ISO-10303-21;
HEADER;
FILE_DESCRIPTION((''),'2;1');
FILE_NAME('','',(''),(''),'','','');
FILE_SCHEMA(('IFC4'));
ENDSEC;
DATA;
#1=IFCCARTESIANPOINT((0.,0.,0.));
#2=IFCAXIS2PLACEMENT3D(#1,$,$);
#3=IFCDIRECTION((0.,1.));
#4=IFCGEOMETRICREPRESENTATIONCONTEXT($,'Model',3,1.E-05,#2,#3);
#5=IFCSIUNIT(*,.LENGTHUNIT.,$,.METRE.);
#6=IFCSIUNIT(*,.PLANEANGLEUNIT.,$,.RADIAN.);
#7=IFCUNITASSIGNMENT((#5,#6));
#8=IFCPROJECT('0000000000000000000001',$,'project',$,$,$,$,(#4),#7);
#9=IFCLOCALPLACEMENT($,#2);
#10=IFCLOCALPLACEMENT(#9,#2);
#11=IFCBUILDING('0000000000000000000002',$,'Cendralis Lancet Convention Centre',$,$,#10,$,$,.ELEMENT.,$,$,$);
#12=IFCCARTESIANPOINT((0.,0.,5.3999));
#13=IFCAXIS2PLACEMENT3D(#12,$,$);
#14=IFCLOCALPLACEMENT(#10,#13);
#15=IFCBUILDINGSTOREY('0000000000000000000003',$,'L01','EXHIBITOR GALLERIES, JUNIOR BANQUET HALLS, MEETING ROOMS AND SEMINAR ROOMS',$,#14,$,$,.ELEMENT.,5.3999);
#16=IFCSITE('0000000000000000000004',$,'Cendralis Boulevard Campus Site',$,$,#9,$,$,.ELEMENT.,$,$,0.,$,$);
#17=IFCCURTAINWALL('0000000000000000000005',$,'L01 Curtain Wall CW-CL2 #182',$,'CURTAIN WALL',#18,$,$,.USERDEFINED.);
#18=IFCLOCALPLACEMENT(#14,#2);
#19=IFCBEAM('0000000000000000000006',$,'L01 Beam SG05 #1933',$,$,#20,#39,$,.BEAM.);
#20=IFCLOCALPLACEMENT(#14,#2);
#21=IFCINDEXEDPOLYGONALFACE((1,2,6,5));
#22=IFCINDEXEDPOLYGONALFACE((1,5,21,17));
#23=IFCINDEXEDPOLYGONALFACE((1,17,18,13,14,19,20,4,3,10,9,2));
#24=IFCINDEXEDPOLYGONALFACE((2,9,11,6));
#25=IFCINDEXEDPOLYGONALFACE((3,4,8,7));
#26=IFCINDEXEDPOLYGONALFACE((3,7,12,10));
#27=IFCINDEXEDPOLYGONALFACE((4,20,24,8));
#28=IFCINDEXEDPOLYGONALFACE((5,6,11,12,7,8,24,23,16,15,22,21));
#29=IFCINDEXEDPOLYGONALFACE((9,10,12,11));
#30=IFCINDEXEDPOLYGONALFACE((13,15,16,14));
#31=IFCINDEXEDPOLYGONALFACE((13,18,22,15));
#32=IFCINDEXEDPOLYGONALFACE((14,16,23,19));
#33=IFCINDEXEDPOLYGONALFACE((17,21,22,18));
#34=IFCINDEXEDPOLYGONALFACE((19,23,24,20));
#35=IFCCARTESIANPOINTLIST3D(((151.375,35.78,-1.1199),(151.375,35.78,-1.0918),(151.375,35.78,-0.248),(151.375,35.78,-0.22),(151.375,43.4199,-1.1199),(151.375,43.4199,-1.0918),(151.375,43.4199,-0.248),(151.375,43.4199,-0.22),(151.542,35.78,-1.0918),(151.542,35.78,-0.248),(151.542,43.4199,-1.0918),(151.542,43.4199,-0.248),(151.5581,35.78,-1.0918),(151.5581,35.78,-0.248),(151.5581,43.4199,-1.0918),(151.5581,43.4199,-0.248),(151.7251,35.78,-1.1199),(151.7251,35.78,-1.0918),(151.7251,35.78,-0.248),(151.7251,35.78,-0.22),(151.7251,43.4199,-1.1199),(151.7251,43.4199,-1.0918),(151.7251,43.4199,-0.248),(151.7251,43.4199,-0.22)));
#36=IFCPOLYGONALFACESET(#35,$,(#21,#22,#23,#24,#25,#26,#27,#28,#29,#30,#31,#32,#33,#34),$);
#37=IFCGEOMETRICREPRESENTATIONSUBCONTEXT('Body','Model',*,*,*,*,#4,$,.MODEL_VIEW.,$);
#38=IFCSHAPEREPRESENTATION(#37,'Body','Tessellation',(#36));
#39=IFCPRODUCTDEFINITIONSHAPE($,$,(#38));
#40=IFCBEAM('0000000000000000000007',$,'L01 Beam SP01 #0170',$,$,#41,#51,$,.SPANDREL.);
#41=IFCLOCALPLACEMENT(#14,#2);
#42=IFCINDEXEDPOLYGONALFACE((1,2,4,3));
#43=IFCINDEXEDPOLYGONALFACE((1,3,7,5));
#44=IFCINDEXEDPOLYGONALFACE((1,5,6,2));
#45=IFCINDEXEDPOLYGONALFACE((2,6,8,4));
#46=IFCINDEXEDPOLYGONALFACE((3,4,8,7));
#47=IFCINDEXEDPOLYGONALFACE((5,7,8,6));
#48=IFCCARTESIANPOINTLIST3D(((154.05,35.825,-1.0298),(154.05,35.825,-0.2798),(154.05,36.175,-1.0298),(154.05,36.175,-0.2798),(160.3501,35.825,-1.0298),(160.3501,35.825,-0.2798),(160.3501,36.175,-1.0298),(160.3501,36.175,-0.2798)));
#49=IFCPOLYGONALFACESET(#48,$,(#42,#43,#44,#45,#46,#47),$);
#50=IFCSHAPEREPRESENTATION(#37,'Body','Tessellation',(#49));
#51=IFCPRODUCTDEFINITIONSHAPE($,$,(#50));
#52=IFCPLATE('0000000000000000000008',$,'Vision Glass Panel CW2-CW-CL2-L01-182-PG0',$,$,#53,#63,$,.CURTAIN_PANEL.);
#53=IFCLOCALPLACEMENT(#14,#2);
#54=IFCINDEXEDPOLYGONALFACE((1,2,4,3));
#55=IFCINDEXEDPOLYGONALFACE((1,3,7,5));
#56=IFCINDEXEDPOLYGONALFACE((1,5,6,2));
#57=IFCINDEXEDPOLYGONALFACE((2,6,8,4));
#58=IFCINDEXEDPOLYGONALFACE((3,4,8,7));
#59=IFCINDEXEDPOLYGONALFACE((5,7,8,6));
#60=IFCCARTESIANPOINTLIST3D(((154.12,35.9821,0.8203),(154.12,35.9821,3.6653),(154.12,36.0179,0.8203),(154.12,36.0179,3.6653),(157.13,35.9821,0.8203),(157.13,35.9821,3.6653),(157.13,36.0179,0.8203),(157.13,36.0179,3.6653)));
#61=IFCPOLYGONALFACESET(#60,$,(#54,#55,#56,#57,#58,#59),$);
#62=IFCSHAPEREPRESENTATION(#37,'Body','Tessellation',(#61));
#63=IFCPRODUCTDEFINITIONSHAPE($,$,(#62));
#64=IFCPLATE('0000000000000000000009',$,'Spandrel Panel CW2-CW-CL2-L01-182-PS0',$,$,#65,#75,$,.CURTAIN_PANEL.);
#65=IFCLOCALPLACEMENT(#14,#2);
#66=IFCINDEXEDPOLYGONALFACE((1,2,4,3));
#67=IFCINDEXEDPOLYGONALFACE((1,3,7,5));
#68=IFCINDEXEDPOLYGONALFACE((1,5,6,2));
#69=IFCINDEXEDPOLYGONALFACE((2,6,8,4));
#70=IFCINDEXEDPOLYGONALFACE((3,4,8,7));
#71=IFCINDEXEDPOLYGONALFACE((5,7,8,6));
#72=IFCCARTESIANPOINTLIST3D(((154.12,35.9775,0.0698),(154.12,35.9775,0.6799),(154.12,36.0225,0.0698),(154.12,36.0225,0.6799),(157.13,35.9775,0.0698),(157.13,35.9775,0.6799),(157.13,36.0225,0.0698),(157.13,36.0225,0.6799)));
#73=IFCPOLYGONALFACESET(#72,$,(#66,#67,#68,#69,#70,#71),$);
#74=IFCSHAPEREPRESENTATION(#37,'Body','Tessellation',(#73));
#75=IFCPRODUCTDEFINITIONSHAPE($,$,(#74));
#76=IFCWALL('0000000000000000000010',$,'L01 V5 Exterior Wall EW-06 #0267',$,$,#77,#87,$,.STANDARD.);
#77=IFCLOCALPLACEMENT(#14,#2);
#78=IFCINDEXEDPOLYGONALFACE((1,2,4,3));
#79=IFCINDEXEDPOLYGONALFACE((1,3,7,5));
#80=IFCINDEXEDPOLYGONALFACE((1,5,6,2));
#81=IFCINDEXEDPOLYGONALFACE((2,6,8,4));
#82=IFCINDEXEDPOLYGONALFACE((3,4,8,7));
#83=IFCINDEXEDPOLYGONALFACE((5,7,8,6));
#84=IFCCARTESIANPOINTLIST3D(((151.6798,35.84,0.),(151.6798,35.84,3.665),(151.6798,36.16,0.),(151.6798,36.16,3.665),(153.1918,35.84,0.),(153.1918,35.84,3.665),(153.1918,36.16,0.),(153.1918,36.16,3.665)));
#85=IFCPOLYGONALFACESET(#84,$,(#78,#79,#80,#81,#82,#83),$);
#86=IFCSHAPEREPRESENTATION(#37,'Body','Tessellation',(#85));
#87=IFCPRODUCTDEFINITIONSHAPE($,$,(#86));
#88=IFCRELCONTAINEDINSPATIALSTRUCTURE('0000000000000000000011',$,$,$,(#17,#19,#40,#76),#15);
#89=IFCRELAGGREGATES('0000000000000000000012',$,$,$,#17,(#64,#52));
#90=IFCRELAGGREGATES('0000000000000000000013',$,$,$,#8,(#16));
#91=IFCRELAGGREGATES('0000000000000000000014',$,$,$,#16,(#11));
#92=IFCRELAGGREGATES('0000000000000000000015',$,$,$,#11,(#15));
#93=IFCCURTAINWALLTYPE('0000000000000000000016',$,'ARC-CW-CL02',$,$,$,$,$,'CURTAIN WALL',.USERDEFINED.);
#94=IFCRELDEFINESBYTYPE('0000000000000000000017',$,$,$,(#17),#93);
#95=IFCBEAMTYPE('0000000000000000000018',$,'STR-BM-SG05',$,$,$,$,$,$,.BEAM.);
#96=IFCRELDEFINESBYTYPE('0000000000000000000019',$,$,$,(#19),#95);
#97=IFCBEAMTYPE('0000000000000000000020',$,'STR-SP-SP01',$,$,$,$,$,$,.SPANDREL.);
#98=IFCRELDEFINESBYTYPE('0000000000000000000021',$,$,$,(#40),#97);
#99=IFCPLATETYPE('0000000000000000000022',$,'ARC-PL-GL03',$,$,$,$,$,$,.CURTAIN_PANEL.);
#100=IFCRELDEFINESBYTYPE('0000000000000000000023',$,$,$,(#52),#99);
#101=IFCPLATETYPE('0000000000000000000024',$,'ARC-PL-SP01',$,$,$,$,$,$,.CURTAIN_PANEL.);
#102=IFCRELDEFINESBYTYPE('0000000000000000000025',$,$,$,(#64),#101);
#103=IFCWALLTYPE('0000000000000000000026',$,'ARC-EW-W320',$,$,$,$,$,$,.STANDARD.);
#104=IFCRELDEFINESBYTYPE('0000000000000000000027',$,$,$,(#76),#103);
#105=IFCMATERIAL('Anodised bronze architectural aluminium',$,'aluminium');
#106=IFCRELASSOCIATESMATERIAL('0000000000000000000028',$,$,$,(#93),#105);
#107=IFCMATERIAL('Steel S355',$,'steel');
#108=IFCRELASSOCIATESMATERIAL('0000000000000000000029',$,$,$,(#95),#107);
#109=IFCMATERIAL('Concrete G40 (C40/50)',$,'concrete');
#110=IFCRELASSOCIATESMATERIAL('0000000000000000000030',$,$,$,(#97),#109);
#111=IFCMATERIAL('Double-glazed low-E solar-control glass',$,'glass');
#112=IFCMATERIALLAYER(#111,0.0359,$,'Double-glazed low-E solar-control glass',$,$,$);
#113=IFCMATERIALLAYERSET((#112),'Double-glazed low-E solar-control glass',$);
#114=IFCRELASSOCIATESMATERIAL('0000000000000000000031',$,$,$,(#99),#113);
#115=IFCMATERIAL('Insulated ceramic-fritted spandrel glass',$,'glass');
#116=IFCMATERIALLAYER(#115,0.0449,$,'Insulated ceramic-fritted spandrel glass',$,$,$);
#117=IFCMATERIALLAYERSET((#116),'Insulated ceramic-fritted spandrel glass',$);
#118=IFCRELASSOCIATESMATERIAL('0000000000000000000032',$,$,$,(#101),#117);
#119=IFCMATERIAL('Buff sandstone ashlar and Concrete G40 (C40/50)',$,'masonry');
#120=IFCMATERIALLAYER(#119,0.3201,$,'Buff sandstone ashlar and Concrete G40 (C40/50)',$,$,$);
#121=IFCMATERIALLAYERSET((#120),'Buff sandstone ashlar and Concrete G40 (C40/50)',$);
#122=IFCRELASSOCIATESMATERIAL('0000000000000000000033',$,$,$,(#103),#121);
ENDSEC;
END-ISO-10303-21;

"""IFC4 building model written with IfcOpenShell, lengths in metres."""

from ifc_helpers import new_model, si_unit, direction, frame, frame_2d, origin, origin_2d, place, context, subcontext, project, spatial, rectangle, i_section, extrude, material, layer, layer_set, material_profile, profile_set, type_object, element, aggregate, save


model = new_model("IFC4")

# Units and contexts
model_context = context("Model", 3, precision=1e-05, world=origin(), true_north=direction((0.0, 1.0)))
body_context = subcontext(model_context, "Body", "Model", "MODEL_VIEW")
ifc_project = project(units=[si_unit("LENGTHUNIT", "METRE"), si_unit("PLANEANGLEUNIT", "RADIAN")], contexts=[model_context])

# Site, building, storey
site_placement = place(None, origin())
site = spatial("IfcSite", under=ifc_project, at=site_placement, Name="Cendralis Boulevard Campus Site", CompositionType="ELEMENT", RefElevation=0.0)
building_placement = place(site_placement, origin())
building = spatial("IfcBuilding", under=site, at=building_placement, Name="Cendralis Lancet Convention Centre", CompositionType="ELEMENT")
storey_placement = place(building_placement, frame((0.0, 0.0, 5.3999)))
storey = spatial("IfcBuildingStorey", under=building, at=storey_placement, Name="L01", Description="EXHIBITOR GALLERIES, JUNIOR BANQUET HALLS, MEETING ROOMS AND SEMINAR ROOMS", CompositionType="ELEMENT", Elevation=5.3999)

# Shared definitions
ifc_material_1 = material(Name="Concrete G40 (C40/50)", Category="concrete")

# Curtain wall
ifc_material_2 = material(Name="Anodised bronze architectural aluminium", Category="aluminium")
curtain_wall_type = type_object("IfcCurtainWallType", Name="ARC-CW-CL02", ElementType="CURTAIN WALL", PredefinedType="USERDEFINED", material=ifc_material_2)
curtain_wall_placement = place(storey_placement, origin())
curtain_wall = element("IfcCurtainWall", 1, at=curtain_wall_placement, inside=storey, type_object=curtain_wall_type, Name="L01 Curtain Wall CW-CL2 #182", ObjectType="CURTAIN WALL", PredefinedType="USERDEFINED")

# Beams
ifc_material_3 = material(Name="Steel S355", Category="steel")
ifc_material_profile_1 = material_profile(ifc_material_3, i_section(OverallWidth=0.3501, OverallDepth=0.8999, WebThickness=0.0161, FlangeThickness=0.0281, at=origin_2d()), Name="PG 900x350")
ifc_profile_set_1 = profile_set([ifc_material_profile_1], Name="Steel S355")
beam_type_1 = type_object("IfcBeamType", Name="STR-BM-SG05", PredefinedType="BEAM", material=ifc_profile_set_1)
for number, where, z_axis, x_axis, name in (
    (2, (151.55, 35.78, -0.6699), (0.0, 1.0, 0.0), (-1.0, 0.0, 0.0), "L01 Beam SG05 #1933"),
):
    element("IfcBeam", number, at=place(storey_placement, frame(where, z_axis=z_axis, x_axis=x_axis)), inside=storey, type_object=beam_type_1, Name=name, PredefinedType="BEAM", context=body_context, shape_type="SweptSolid", body=[
        extrude(i_section(OverallWidth=0.3501, OverallDepth=0.8999, WebThickness=0.0161, FlangeThickness=0.0281, at=origin_2d()), origin(), (0.0, 0.0, 1.0), 7.6399),
    ])
ifc_material_profile_2 = material_profile(ifc_material_1, rectangle(XDim=0.3501, YDim=0.75, at=origin_2d()), Name="RCB 350x750")
ifc_profile_set_2 = profile_set([ifc_material_profile_2], Name="Concrete G40 (C40/50)")
beam_type_2 = type_object("IfcBeamType", Name="STR-SP-SP01", PredefinedType="SPANDREL", material=ifc_profile_set_2)
beam_placement = place(storey_placement, frame((154.05, 36.0, -0.6548), z_axis=(1.0, 0.0, 0.0), x_axis=(0.0, 1.0, 0.0)))
element("IfcBeam", 3, at=beam_placement, inside=storey, type_object=beam_type_2, Name="L01 Beam SP01 #0170", PredefinedType="SPANDREL", context=body_context, shape_type="SweptSolid", body=[
    extrude(rectangle(XDim=0.3501, YDim=0.75, at=origin_2d()), origin(), (0.0, 0.0, 1.0), 6.3),
])

# Plates
ifc_material_4 = material(Name="Double-glazed low-E solar-control glass", Category="glass")
ifc_layer_1 = layer(ifc_material_4, 0.0359, Name="Double-glazed low-E solar-control glass")
ifc_layer_set_1 = layer_set([ifc_layer_1], Name="Double-glazed low-E solar-control glass")
plate_type_1 = type_object("IfcPlateType", Name="ARC-PL-GL03", PredefinedType="CURTAIN_PANEL", material=ifc_layer_set_1)
plate_1_placement = place(storey_placement, frame((155.625, 36.0, 0.8203), z_axis=(0.0, 0.0, 1.0), x_axis=(1.0, 0.0, 0.0)))
plate_1 = element("IfcPlate", 4, at=plate_1_placement, type_object=plate_type_1, Name="Vision Glass Panel CW2-CW-CL2-L01-182-PG0", PredefinedType="CURTAIN_PANEL", context=body_context, shape_type="SweptSolid", body=[
    extrude(rectangle(XDim=3.01, YDim=0.0359, at=origin_2d()), origin(), (0.0, 0.0, 1.0), 2.845),
])
ifc_material_5 = material(Name="Insulated ceramic-fritted spandrel glass", Category="glass")
ifc_layer_2 = layer(ifc_material_5, 0.0449, Name="Insulated ceramic-fritted spandrel glass")
ifc_layer_set_2 = layer_set([ifc_layer_2], Name="Insulated ceramic-fritted spandrel glass")
plate_type_2 = type_object("IfcPlateType", Name="ARC-PL-SP01", PredefinedType="CURTAIN_PANEL", material=ifc_layer_set_2)
plate_2_placement = place(storey_placement, frame((155.625, 36.0, 0.0698), z_axis=(0.0, 0.0, 1.0), x_axis=(1.0, 0.0, 0.0)))
plate_2 = element("IfcPlate", 5, at=plate_2_placement, type_object=plate_type_2, Name="Spandrel Panel CW2-CW-CL2-L01-182-PS0", PredefinedType="CURTAIN_PANEL", context=body_context, shape_type="SweptSolid", body=[
    extrude(rectangle(XDim=3.01, YDim=0.0449, at=origin_2d()), origin(), (0.0, 0.0, 1.0), 0.6101),
])
aggregate(curtain_wall, [plate_2, plate_1])

# Wall
ifc_material_6 = material(Name="Buff sandstone ashlar and Concrete G40 (C40/50)", Category="masonry")
ifc_layer_3 = layer(ifc_material_6, 0.3201, Name="Buff sandstone ashlar and Concrete G40 (C40/50)")
ifc_layer_set_3 = layer_set([ifc_layer_3], Name="Buff sandstone ashlar and Concrete G40 (C40/50)")
wall_type = type_object("IfcWallType", Name="ARC-EW-W320", PredefinedType="STANDARD", material=ifc_layer_set_3)
wall_placement = place(storey_placement, frame((151.6799, 36.0, 0.0), z_axis=(0.0, 0.0, 1.0), x_axis=(1.0, 0.0, 0.0)))
element("IfcWall", 6, at=wall_placement, inside=storey, type_object=wall_type, Name="L01 V5 Exterior Wall EW-06 #0267", PredefinedType="STANDARD", context=body_context, shape_type="SweptSolid", body=[
    extrude(rectangle(XDim=1.512, YDim=0.3201, at=frame_2d((0.7559, 0.0))), origin(), (0.0, 0.0, 1.0), 3.665),
])

save(model, "model.ifc")
